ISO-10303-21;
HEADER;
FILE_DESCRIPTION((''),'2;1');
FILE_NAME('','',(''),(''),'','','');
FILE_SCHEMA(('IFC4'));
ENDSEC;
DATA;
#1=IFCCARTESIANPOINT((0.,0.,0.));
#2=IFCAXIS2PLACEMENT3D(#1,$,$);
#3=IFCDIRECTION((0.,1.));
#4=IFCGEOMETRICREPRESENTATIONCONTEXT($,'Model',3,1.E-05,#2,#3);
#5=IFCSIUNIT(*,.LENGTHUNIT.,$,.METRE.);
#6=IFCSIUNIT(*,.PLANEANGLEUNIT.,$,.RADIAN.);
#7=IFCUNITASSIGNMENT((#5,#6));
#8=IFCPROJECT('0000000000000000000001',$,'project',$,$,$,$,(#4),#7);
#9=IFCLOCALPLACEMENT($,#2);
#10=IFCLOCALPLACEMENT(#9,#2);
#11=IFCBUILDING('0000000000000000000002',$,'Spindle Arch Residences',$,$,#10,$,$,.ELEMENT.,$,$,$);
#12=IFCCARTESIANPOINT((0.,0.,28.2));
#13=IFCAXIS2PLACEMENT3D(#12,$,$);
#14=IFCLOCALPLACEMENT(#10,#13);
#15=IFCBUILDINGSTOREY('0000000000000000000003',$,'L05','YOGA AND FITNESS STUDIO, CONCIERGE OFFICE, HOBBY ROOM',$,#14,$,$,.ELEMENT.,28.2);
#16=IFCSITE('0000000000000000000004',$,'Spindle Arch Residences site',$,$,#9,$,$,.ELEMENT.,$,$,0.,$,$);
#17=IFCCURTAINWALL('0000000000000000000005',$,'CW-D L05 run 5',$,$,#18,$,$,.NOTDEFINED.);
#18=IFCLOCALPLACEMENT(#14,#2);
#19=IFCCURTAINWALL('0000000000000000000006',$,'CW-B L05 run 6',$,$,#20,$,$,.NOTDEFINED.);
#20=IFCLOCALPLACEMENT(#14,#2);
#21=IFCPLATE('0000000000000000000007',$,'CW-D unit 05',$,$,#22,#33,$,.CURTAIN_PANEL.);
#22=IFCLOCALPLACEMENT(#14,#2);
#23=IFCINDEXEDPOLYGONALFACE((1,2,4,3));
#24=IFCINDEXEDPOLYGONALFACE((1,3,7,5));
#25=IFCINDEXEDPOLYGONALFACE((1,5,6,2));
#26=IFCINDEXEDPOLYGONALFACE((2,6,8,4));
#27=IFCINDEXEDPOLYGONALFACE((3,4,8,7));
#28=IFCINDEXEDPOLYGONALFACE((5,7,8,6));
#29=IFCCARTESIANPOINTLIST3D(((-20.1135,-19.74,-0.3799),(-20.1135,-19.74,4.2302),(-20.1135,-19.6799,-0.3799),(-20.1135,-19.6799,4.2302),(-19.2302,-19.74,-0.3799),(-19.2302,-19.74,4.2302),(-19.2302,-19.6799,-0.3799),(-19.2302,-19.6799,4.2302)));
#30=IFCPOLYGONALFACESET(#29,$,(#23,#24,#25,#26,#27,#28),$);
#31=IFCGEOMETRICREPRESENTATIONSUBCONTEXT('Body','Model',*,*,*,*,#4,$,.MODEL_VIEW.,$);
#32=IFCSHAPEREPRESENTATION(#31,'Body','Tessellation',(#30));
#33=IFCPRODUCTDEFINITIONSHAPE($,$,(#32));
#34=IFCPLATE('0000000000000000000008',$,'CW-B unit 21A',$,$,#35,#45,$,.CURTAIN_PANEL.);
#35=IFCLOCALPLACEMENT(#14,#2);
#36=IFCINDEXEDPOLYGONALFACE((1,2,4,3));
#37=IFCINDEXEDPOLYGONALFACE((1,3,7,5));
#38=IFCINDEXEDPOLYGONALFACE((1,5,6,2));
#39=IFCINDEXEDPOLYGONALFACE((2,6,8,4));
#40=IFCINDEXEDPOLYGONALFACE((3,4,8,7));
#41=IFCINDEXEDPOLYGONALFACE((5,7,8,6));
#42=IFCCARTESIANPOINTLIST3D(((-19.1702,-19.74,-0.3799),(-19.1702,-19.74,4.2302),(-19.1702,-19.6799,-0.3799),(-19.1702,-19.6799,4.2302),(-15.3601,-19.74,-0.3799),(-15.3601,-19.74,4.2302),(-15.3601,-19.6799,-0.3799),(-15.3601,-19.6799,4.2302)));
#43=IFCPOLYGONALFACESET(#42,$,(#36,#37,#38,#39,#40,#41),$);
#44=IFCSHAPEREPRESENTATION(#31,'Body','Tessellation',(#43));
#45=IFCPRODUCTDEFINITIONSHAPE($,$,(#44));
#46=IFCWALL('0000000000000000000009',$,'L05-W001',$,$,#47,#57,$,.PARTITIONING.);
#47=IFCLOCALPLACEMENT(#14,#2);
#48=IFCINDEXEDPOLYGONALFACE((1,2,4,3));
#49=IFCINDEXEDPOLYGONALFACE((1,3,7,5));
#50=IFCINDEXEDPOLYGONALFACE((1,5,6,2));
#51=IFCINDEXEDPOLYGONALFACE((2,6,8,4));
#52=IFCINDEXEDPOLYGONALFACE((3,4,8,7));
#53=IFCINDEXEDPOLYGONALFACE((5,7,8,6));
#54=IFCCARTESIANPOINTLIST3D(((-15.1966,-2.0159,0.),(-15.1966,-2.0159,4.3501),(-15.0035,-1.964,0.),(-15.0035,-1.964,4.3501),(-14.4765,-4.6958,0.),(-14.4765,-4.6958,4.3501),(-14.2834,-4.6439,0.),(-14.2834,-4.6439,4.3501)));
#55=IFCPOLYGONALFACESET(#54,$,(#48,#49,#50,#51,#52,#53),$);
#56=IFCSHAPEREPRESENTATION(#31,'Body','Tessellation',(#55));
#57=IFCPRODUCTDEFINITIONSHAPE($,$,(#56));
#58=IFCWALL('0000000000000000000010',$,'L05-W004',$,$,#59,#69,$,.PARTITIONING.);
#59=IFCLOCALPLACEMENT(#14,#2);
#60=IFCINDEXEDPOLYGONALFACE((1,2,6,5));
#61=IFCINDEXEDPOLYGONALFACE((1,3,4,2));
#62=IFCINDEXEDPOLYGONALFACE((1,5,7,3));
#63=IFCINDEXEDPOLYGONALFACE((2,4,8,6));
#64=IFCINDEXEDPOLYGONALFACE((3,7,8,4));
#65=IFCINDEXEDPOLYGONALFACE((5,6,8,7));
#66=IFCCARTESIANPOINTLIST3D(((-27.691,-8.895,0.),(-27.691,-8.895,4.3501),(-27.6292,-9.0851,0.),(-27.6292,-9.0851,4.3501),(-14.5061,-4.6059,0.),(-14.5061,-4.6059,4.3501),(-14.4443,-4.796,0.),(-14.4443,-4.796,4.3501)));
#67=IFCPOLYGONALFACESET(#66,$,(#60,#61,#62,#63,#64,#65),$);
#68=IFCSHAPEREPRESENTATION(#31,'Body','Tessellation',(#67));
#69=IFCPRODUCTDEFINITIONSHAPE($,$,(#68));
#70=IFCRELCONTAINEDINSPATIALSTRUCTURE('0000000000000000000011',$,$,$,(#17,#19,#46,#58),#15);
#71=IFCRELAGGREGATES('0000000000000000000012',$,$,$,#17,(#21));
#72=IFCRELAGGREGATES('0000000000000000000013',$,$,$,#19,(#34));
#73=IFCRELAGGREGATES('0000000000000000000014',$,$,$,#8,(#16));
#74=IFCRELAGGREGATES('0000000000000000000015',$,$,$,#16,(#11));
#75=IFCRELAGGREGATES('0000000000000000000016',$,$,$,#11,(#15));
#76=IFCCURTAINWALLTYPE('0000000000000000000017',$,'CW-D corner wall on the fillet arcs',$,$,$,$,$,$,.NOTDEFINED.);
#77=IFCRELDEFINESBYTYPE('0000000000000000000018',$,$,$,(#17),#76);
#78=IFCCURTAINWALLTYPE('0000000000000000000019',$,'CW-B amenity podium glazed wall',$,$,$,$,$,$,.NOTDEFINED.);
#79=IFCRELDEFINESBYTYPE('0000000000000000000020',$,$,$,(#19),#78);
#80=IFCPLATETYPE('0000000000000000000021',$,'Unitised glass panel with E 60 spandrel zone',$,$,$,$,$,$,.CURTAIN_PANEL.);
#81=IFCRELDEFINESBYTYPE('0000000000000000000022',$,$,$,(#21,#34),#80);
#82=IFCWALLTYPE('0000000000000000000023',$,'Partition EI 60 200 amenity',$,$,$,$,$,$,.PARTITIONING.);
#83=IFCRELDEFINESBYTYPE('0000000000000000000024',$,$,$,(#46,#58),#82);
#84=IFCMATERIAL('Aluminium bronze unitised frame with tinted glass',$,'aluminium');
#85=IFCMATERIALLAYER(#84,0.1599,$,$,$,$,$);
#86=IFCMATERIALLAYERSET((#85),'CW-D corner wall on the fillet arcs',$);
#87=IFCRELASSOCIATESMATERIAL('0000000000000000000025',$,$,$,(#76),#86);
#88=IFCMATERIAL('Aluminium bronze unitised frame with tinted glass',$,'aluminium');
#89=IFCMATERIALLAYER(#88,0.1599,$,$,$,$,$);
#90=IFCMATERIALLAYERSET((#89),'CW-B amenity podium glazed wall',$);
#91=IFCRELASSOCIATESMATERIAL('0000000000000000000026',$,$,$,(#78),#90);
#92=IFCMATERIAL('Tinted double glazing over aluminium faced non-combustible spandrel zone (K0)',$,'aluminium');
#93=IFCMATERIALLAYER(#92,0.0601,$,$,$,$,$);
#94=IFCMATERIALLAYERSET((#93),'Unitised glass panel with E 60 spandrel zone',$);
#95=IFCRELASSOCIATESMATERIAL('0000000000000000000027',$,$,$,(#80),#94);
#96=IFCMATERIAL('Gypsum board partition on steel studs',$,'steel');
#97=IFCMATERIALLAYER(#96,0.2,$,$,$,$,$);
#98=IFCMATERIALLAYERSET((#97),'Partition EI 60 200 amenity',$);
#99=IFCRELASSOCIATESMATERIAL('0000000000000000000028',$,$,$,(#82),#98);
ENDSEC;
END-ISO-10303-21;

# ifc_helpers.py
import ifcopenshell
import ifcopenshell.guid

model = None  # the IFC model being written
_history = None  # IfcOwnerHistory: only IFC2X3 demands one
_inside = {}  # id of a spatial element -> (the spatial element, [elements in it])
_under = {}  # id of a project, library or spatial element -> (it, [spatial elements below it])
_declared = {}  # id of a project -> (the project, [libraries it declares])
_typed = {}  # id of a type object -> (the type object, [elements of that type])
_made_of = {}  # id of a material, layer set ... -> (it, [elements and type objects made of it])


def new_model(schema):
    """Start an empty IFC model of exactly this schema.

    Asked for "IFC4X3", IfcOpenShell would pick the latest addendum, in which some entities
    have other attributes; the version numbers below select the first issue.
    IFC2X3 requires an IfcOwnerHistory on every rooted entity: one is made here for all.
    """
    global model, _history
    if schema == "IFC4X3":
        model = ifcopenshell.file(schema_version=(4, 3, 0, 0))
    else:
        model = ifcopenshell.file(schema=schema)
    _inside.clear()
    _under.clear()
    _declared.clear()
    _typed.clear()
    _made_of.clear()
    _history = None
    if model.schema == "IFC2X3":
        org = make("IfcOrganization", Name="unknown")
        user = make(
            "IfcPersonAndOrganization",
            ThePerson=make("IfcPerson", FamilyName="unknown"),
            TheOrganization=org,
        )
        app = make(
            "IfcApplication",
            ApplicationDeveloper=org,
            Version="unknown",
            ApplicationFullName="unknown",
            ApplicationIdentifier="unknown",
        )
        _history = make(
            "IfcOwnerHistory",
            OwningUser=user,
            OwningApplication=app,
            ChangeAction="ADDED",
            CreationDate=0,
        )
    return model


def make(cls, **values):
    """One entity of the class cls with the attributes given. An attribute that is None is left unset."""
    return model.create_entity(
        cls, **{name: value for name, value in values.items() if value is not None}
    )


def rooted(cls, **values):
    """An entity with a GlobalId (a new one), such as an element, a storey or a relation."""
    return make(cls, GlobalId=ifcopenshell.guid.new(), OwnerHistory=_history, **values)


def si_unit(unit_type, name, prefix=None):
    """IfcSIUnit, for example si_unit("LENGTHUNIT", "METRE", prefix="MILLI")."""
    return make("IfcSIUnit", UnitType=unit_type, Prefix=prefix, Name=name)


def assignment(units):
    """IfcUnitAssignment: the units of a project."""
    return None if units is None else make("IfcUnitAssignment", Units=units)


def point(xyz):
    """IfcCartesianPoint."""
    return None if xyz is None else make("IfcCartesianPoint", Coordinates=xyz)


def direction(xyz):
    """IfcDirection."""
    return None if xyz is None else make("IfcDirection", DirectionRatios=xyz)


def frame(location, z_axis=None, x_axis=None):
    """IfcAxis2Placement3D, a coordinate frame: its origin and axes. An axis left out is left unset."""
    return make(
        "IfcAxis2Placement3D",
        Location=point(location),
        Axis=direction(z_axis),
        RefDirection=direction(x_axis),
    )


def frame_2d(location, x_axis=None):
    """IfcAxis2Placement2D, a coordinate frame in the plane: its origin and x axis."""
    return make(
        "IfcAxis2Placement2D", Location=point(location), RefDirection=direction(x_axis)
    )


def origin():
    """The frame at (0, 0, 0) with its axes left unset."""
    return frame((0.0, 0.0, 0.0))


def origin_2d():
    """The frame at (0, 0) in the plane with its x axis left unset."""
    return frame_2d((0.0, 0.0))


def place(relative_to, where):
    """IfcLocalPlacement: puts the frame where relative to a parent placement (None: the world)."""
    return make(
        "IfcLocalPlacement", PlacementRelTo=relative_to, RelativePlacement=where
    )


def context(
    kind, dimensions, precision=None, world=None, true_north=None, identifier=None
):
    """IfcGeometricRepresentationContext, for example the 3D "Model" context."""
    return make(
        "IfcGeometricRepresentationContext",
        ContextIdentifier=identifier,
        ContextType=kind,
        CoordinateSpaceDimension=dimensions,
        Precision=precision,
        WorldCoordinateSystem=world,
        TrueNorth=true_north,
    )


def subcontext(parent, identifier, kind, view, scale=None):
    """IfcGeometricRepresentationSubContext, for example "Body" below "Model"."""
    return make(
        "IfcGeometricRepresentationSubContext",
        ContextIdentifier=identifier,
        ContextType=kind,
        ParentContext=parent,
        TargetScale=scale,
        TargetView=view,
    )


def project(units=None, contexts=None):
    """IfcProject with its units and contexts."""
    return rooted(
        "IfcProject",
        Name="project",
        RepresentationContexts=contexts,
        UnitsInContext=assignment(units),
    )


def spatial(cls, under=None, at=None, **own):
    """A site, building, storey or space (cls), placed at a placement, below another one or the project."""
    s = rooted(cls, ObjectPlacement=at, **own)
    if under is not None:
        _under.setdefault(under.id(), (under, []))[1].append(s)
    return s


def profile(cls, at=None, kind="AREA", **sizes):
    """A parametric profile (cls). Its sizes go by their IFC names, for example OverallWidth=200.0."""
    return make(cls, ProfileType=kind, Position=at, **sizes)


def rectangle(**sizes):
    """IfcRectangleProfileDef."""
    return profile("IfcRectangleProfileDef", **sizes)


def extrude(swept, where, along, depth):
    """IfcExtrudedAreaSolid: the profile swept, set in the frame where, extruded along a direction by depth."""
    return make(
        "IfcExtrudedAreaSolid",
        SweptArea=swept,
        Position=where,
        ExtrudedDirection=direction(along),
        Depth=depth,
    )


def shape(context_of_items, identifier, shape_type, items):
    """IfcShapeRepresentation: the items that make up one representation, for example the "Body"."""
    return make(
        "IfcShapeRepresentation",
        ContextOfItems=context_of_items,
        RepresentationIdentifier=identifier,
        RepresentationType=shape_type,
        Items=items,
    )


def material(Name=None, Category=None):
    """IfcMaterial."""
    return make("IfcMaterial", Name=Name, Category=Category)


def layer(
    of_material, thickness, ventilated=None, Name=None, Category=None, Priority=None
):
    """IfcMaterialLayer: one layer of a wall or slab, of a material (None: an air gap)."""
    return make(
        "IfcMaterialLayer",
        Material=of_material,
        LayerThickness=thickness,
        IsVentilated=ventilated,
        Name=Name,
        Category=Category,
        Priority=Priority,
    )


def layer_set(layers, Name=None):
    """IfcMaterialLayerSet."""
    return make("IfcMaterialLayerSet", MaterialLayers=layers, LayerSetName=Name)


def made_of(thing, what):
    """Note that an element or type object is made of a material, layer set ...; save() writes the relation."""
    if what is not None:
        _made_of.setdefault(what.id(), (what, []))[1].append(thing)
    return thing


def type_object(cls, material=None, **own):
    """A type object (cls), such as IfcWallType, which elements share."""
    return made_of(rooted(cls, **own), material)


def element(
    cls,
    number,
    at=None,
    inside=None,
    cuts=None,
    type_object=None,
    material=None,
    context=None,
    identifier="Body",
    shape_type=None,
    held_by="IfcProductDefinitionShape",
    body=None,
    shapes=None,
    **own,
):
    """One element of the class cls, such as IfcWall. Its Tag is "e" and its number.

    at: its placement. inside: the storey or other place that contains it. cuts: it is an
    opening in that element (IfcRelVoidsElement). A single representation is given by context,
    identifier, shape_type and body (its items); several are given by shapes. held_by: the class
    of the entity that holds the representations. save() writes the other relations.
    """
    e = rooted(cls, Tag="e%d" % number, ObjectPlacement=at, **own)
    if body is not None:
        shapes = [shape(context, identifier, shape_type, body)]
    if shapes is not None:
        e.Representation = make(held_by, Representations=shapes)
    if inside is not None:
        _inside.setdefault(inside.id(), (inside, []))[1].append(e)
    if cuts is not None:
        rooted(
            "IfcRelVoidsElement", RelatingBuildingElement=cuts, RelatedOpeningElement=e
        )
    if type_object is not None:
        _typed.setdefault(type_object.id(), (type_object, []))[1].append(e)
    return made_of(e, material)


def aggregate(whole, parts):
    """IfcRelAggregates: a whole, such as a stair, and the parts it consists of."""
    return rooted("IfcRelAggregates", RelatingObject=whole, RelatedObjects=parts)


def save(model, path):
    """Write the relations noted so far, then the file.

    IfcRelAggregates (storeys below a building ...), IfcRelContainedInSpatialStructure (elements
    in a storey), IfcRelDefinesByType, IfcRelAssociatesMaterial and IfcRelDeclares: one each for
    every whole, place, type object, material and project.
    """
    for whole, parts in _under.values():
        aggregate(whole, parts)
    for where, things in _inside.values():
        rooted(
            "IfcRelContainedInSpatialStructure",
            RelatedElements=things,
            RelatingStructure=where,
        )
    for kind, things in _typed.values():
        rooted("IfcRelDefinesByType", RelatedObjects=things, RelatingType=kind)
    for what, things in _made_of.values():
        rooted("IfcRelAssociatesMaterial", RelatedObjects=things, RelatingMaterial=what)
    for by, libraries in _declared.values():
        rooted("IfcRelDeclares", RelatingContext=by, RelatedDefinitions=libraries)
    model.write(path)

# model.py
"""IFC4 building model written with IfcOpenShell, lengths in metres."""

from ifc_helpers import new_model, si_unit, direction, frame, frame_2d, origin, origin_2d, place, context, subcontext, project, spatial, rectangle, extrude, material, layer, layer_set, type_object, element, aggregate, save


model = new_model("IFC4")

# Units and contexts
model_context = context("Model", 3, precision=1e-05, world=origin(), true_north=direction((0.0, 1.0)))
body_context = subcontext(model_context, "Body", "Model", "MODEL_VIEW")
ifc_project = project(units=[si_unit("LENGTHUNIT", "METRE"), si_unit("PLANEANGLEUNIT", "RADIAN")], contexts=[model_context])

# Site, building, storey
site_placement = place(None, origin())
site = spatial("IfcSite", under=ifc_project, at=site_placement, Name="Spindle Arch Residences site", CompositionType="ELEMENT", RefElevation=0.0)
building_placement = place(site_placement, origin())
building = spatial("IfcBuilding", under=site, at=building_placement, Name="Spindle Arch Residences", CompositionType="ELEMENT")
storey_placement = place(building_placement, frame((0.0, 0.0, 28.2)))
storey = spatial("IfcBuildingStorey", under=building, at=storey_placement, Name="L05", Description="YOGA AND FITNESS STUDIO, CONCIERGE OFFICE, HOBBY ROOM", CompositionType="ELEMENT", Elevation=28.2)

# Curtain wall
ifc_material_1 = material(Name="Aluminium bronze unitised frame with tinted glass", Category="aluminium")
ifc_layer_1 = layer(ifc_material_1, 0.1599)
ifc_layer_set_1 = layer_set([ifc_layer_1], Name="CW-D corner wall on the fillet arcs")
curtain_wall_type_1 = type_object("IfcCurtainWallType", Name="CW-D corner wall on the fillet arcs", PredefinedType="NOTDEFINED", material=ifc_layer_set_1)
curtain_wall_1_placement = place(storey_placement, origin())
curtain_wall_1 = element("IfcCurtainWall", 1, at=curtain_wall_1_placement, inside=storey, type_object=curtain_wall_type_1, Name="CW-D L05 run 5", PredefinedType="NOTDEFINED")

# Curtain wall
ifc_material_2 = material(Name="Aluminium bronze unitised frame with tinted glass", Category="aluminium")
ifc_layer_2 = layer(ifc_material_2, 0.1599)
ifc_layer_set_2 = layer_set([ifc_layer_2], Name="CW-B amenity podium glazed wall")
curtain_wall_type_2 = type_object("IfcCurtainWallType", Name="CW-B amenity podium glazed wall", PredefinedType="NOTDEFINED", material=ifc_layer_set_2)
curtain_wall_2_placement = place(storey_placement, origin())
curtain_wall_2 = element("IfcCurtainWall", 2, at=curtain_wall_2_placement, inside=storey, type_object=curtain_wall_type_2, Name="CW-B L05 run 6", PredefinedType="NOTDEFINED")

# Shared definitions
ifc_material_3 = material(Name="Tinted double glazing over aluminium faced non-combustible spandrel zone (K0)", Category="aluminium")
ifc_layer_3 = layer(ifc_material_3, 0.0601)
ifc_layer_set_3 = layer_set([ifc_layer_3], Name="Unitised glass panel with E 60 spandrel zone")
plate_type = type_object("IfcPlateType", Name="Unitised glass panel with E 60 spandrel zone", PredefinedType="CURTAIN_PANEL", material=ifc_layer_set_3)

# Plates
plate_1_placement = place(storey_placement, frame((-19.6719, -19.71, -0.3799), z_axis=(0.0, 0.0, 1.0), x_axis=(1.0, 0.0, 0.0)))
plate_1 = element("IfcPlate", 3, at=plate_1_placement, type_object=plate_type, Name="CW-D unit 05", PredefinedType="CURTAIN_PANEL", context=body_context, shape_type="SweptSolid", body=[
    extrude(rectangle(XDim=0.8833, YDim=0.0601, at=origin_2d()), origin(), (0.0, 0.0, 1.0), 4.6101),
])
aggregate(curtain_wall_1, [plate_1])
plate_2_placement = place(storey_placement, frame((-17.2651, -19.71, -0.3799), z_axis=(0.0, 0.0, 1.0), x_axis=(1.0, 0.0, 0.0)))
plate_2 = element("IfcPlate", 4, at=plate_2_placement, type_object=plate_type, Name="CW-B unit 21A", PredefinedType="CURTAIN_PANEL", context=body_context, shape_type="SweptSolid", body=[
    extrude(rectangle(XDim=3.8101, YDim=0.0601, at=origin_2d()), origin(), (0.0, 0.0, 1.0), 4.6101),
])
aggregate(curtain_wall_2, [plate_2])

# Walls
ifc_material_4 = material(Name="Gypsum board partition on steel studs", Category="steel")
ifc_layer_4 = layer(ifc_material_4, 0.2)
ifc_layer_set_4 = layer_set([ifc_layer_4], Name="Partition EI 60 200 amenity")
wall_type = type_object("IfcWallType", Name="Partition EI 60 200 amenity", PredefinedType="PARTITIONING", material=ifc_layer_set_4)
wall_1_placement = place(storey_placement, frame((-15.1001, -1.99, 0.0), z_axis=(0.0, 0.0, 1.0), x_axis=(0.259535, -0.965734, 0.0)))
element("IfcWall", 5, at=wall_1_placement, inside=storey, type_object=wall_type, Name="L05-W001", PredefinedType="PARTITIONING", context=body_context, shape_type="SweptSolid", body=[
    extrude(rectangle(XDim=2.7749, YDim=0.2, at=frame_2d((1.3875, 0.0))), origin(), (0.0, 0.0, 1.0), 4.3501),
])
wall_2_placement = place(storey_placement, frame((-14.4751, -4.7009, 0.0), z_axis=(0.0, 0.0, 1.0), x_axis=(-0.950949, -0.309347, 0.0)))
element("IfcWall", 6, at=wall_2_placement, inside=storey, type_object=wall_type, Name="L05-W004", PredefinedType="PARTITIONING", context=body_context, shape_type="SweptSolid", body=[
    extrude(rectangle(XDim=13.865, YDim=0.2, at=frame_2d((6.9326, 0.0))), origin(), (0.0, 0.0, 1.0), 4.3501),
])

save(model, "model.ifc")
